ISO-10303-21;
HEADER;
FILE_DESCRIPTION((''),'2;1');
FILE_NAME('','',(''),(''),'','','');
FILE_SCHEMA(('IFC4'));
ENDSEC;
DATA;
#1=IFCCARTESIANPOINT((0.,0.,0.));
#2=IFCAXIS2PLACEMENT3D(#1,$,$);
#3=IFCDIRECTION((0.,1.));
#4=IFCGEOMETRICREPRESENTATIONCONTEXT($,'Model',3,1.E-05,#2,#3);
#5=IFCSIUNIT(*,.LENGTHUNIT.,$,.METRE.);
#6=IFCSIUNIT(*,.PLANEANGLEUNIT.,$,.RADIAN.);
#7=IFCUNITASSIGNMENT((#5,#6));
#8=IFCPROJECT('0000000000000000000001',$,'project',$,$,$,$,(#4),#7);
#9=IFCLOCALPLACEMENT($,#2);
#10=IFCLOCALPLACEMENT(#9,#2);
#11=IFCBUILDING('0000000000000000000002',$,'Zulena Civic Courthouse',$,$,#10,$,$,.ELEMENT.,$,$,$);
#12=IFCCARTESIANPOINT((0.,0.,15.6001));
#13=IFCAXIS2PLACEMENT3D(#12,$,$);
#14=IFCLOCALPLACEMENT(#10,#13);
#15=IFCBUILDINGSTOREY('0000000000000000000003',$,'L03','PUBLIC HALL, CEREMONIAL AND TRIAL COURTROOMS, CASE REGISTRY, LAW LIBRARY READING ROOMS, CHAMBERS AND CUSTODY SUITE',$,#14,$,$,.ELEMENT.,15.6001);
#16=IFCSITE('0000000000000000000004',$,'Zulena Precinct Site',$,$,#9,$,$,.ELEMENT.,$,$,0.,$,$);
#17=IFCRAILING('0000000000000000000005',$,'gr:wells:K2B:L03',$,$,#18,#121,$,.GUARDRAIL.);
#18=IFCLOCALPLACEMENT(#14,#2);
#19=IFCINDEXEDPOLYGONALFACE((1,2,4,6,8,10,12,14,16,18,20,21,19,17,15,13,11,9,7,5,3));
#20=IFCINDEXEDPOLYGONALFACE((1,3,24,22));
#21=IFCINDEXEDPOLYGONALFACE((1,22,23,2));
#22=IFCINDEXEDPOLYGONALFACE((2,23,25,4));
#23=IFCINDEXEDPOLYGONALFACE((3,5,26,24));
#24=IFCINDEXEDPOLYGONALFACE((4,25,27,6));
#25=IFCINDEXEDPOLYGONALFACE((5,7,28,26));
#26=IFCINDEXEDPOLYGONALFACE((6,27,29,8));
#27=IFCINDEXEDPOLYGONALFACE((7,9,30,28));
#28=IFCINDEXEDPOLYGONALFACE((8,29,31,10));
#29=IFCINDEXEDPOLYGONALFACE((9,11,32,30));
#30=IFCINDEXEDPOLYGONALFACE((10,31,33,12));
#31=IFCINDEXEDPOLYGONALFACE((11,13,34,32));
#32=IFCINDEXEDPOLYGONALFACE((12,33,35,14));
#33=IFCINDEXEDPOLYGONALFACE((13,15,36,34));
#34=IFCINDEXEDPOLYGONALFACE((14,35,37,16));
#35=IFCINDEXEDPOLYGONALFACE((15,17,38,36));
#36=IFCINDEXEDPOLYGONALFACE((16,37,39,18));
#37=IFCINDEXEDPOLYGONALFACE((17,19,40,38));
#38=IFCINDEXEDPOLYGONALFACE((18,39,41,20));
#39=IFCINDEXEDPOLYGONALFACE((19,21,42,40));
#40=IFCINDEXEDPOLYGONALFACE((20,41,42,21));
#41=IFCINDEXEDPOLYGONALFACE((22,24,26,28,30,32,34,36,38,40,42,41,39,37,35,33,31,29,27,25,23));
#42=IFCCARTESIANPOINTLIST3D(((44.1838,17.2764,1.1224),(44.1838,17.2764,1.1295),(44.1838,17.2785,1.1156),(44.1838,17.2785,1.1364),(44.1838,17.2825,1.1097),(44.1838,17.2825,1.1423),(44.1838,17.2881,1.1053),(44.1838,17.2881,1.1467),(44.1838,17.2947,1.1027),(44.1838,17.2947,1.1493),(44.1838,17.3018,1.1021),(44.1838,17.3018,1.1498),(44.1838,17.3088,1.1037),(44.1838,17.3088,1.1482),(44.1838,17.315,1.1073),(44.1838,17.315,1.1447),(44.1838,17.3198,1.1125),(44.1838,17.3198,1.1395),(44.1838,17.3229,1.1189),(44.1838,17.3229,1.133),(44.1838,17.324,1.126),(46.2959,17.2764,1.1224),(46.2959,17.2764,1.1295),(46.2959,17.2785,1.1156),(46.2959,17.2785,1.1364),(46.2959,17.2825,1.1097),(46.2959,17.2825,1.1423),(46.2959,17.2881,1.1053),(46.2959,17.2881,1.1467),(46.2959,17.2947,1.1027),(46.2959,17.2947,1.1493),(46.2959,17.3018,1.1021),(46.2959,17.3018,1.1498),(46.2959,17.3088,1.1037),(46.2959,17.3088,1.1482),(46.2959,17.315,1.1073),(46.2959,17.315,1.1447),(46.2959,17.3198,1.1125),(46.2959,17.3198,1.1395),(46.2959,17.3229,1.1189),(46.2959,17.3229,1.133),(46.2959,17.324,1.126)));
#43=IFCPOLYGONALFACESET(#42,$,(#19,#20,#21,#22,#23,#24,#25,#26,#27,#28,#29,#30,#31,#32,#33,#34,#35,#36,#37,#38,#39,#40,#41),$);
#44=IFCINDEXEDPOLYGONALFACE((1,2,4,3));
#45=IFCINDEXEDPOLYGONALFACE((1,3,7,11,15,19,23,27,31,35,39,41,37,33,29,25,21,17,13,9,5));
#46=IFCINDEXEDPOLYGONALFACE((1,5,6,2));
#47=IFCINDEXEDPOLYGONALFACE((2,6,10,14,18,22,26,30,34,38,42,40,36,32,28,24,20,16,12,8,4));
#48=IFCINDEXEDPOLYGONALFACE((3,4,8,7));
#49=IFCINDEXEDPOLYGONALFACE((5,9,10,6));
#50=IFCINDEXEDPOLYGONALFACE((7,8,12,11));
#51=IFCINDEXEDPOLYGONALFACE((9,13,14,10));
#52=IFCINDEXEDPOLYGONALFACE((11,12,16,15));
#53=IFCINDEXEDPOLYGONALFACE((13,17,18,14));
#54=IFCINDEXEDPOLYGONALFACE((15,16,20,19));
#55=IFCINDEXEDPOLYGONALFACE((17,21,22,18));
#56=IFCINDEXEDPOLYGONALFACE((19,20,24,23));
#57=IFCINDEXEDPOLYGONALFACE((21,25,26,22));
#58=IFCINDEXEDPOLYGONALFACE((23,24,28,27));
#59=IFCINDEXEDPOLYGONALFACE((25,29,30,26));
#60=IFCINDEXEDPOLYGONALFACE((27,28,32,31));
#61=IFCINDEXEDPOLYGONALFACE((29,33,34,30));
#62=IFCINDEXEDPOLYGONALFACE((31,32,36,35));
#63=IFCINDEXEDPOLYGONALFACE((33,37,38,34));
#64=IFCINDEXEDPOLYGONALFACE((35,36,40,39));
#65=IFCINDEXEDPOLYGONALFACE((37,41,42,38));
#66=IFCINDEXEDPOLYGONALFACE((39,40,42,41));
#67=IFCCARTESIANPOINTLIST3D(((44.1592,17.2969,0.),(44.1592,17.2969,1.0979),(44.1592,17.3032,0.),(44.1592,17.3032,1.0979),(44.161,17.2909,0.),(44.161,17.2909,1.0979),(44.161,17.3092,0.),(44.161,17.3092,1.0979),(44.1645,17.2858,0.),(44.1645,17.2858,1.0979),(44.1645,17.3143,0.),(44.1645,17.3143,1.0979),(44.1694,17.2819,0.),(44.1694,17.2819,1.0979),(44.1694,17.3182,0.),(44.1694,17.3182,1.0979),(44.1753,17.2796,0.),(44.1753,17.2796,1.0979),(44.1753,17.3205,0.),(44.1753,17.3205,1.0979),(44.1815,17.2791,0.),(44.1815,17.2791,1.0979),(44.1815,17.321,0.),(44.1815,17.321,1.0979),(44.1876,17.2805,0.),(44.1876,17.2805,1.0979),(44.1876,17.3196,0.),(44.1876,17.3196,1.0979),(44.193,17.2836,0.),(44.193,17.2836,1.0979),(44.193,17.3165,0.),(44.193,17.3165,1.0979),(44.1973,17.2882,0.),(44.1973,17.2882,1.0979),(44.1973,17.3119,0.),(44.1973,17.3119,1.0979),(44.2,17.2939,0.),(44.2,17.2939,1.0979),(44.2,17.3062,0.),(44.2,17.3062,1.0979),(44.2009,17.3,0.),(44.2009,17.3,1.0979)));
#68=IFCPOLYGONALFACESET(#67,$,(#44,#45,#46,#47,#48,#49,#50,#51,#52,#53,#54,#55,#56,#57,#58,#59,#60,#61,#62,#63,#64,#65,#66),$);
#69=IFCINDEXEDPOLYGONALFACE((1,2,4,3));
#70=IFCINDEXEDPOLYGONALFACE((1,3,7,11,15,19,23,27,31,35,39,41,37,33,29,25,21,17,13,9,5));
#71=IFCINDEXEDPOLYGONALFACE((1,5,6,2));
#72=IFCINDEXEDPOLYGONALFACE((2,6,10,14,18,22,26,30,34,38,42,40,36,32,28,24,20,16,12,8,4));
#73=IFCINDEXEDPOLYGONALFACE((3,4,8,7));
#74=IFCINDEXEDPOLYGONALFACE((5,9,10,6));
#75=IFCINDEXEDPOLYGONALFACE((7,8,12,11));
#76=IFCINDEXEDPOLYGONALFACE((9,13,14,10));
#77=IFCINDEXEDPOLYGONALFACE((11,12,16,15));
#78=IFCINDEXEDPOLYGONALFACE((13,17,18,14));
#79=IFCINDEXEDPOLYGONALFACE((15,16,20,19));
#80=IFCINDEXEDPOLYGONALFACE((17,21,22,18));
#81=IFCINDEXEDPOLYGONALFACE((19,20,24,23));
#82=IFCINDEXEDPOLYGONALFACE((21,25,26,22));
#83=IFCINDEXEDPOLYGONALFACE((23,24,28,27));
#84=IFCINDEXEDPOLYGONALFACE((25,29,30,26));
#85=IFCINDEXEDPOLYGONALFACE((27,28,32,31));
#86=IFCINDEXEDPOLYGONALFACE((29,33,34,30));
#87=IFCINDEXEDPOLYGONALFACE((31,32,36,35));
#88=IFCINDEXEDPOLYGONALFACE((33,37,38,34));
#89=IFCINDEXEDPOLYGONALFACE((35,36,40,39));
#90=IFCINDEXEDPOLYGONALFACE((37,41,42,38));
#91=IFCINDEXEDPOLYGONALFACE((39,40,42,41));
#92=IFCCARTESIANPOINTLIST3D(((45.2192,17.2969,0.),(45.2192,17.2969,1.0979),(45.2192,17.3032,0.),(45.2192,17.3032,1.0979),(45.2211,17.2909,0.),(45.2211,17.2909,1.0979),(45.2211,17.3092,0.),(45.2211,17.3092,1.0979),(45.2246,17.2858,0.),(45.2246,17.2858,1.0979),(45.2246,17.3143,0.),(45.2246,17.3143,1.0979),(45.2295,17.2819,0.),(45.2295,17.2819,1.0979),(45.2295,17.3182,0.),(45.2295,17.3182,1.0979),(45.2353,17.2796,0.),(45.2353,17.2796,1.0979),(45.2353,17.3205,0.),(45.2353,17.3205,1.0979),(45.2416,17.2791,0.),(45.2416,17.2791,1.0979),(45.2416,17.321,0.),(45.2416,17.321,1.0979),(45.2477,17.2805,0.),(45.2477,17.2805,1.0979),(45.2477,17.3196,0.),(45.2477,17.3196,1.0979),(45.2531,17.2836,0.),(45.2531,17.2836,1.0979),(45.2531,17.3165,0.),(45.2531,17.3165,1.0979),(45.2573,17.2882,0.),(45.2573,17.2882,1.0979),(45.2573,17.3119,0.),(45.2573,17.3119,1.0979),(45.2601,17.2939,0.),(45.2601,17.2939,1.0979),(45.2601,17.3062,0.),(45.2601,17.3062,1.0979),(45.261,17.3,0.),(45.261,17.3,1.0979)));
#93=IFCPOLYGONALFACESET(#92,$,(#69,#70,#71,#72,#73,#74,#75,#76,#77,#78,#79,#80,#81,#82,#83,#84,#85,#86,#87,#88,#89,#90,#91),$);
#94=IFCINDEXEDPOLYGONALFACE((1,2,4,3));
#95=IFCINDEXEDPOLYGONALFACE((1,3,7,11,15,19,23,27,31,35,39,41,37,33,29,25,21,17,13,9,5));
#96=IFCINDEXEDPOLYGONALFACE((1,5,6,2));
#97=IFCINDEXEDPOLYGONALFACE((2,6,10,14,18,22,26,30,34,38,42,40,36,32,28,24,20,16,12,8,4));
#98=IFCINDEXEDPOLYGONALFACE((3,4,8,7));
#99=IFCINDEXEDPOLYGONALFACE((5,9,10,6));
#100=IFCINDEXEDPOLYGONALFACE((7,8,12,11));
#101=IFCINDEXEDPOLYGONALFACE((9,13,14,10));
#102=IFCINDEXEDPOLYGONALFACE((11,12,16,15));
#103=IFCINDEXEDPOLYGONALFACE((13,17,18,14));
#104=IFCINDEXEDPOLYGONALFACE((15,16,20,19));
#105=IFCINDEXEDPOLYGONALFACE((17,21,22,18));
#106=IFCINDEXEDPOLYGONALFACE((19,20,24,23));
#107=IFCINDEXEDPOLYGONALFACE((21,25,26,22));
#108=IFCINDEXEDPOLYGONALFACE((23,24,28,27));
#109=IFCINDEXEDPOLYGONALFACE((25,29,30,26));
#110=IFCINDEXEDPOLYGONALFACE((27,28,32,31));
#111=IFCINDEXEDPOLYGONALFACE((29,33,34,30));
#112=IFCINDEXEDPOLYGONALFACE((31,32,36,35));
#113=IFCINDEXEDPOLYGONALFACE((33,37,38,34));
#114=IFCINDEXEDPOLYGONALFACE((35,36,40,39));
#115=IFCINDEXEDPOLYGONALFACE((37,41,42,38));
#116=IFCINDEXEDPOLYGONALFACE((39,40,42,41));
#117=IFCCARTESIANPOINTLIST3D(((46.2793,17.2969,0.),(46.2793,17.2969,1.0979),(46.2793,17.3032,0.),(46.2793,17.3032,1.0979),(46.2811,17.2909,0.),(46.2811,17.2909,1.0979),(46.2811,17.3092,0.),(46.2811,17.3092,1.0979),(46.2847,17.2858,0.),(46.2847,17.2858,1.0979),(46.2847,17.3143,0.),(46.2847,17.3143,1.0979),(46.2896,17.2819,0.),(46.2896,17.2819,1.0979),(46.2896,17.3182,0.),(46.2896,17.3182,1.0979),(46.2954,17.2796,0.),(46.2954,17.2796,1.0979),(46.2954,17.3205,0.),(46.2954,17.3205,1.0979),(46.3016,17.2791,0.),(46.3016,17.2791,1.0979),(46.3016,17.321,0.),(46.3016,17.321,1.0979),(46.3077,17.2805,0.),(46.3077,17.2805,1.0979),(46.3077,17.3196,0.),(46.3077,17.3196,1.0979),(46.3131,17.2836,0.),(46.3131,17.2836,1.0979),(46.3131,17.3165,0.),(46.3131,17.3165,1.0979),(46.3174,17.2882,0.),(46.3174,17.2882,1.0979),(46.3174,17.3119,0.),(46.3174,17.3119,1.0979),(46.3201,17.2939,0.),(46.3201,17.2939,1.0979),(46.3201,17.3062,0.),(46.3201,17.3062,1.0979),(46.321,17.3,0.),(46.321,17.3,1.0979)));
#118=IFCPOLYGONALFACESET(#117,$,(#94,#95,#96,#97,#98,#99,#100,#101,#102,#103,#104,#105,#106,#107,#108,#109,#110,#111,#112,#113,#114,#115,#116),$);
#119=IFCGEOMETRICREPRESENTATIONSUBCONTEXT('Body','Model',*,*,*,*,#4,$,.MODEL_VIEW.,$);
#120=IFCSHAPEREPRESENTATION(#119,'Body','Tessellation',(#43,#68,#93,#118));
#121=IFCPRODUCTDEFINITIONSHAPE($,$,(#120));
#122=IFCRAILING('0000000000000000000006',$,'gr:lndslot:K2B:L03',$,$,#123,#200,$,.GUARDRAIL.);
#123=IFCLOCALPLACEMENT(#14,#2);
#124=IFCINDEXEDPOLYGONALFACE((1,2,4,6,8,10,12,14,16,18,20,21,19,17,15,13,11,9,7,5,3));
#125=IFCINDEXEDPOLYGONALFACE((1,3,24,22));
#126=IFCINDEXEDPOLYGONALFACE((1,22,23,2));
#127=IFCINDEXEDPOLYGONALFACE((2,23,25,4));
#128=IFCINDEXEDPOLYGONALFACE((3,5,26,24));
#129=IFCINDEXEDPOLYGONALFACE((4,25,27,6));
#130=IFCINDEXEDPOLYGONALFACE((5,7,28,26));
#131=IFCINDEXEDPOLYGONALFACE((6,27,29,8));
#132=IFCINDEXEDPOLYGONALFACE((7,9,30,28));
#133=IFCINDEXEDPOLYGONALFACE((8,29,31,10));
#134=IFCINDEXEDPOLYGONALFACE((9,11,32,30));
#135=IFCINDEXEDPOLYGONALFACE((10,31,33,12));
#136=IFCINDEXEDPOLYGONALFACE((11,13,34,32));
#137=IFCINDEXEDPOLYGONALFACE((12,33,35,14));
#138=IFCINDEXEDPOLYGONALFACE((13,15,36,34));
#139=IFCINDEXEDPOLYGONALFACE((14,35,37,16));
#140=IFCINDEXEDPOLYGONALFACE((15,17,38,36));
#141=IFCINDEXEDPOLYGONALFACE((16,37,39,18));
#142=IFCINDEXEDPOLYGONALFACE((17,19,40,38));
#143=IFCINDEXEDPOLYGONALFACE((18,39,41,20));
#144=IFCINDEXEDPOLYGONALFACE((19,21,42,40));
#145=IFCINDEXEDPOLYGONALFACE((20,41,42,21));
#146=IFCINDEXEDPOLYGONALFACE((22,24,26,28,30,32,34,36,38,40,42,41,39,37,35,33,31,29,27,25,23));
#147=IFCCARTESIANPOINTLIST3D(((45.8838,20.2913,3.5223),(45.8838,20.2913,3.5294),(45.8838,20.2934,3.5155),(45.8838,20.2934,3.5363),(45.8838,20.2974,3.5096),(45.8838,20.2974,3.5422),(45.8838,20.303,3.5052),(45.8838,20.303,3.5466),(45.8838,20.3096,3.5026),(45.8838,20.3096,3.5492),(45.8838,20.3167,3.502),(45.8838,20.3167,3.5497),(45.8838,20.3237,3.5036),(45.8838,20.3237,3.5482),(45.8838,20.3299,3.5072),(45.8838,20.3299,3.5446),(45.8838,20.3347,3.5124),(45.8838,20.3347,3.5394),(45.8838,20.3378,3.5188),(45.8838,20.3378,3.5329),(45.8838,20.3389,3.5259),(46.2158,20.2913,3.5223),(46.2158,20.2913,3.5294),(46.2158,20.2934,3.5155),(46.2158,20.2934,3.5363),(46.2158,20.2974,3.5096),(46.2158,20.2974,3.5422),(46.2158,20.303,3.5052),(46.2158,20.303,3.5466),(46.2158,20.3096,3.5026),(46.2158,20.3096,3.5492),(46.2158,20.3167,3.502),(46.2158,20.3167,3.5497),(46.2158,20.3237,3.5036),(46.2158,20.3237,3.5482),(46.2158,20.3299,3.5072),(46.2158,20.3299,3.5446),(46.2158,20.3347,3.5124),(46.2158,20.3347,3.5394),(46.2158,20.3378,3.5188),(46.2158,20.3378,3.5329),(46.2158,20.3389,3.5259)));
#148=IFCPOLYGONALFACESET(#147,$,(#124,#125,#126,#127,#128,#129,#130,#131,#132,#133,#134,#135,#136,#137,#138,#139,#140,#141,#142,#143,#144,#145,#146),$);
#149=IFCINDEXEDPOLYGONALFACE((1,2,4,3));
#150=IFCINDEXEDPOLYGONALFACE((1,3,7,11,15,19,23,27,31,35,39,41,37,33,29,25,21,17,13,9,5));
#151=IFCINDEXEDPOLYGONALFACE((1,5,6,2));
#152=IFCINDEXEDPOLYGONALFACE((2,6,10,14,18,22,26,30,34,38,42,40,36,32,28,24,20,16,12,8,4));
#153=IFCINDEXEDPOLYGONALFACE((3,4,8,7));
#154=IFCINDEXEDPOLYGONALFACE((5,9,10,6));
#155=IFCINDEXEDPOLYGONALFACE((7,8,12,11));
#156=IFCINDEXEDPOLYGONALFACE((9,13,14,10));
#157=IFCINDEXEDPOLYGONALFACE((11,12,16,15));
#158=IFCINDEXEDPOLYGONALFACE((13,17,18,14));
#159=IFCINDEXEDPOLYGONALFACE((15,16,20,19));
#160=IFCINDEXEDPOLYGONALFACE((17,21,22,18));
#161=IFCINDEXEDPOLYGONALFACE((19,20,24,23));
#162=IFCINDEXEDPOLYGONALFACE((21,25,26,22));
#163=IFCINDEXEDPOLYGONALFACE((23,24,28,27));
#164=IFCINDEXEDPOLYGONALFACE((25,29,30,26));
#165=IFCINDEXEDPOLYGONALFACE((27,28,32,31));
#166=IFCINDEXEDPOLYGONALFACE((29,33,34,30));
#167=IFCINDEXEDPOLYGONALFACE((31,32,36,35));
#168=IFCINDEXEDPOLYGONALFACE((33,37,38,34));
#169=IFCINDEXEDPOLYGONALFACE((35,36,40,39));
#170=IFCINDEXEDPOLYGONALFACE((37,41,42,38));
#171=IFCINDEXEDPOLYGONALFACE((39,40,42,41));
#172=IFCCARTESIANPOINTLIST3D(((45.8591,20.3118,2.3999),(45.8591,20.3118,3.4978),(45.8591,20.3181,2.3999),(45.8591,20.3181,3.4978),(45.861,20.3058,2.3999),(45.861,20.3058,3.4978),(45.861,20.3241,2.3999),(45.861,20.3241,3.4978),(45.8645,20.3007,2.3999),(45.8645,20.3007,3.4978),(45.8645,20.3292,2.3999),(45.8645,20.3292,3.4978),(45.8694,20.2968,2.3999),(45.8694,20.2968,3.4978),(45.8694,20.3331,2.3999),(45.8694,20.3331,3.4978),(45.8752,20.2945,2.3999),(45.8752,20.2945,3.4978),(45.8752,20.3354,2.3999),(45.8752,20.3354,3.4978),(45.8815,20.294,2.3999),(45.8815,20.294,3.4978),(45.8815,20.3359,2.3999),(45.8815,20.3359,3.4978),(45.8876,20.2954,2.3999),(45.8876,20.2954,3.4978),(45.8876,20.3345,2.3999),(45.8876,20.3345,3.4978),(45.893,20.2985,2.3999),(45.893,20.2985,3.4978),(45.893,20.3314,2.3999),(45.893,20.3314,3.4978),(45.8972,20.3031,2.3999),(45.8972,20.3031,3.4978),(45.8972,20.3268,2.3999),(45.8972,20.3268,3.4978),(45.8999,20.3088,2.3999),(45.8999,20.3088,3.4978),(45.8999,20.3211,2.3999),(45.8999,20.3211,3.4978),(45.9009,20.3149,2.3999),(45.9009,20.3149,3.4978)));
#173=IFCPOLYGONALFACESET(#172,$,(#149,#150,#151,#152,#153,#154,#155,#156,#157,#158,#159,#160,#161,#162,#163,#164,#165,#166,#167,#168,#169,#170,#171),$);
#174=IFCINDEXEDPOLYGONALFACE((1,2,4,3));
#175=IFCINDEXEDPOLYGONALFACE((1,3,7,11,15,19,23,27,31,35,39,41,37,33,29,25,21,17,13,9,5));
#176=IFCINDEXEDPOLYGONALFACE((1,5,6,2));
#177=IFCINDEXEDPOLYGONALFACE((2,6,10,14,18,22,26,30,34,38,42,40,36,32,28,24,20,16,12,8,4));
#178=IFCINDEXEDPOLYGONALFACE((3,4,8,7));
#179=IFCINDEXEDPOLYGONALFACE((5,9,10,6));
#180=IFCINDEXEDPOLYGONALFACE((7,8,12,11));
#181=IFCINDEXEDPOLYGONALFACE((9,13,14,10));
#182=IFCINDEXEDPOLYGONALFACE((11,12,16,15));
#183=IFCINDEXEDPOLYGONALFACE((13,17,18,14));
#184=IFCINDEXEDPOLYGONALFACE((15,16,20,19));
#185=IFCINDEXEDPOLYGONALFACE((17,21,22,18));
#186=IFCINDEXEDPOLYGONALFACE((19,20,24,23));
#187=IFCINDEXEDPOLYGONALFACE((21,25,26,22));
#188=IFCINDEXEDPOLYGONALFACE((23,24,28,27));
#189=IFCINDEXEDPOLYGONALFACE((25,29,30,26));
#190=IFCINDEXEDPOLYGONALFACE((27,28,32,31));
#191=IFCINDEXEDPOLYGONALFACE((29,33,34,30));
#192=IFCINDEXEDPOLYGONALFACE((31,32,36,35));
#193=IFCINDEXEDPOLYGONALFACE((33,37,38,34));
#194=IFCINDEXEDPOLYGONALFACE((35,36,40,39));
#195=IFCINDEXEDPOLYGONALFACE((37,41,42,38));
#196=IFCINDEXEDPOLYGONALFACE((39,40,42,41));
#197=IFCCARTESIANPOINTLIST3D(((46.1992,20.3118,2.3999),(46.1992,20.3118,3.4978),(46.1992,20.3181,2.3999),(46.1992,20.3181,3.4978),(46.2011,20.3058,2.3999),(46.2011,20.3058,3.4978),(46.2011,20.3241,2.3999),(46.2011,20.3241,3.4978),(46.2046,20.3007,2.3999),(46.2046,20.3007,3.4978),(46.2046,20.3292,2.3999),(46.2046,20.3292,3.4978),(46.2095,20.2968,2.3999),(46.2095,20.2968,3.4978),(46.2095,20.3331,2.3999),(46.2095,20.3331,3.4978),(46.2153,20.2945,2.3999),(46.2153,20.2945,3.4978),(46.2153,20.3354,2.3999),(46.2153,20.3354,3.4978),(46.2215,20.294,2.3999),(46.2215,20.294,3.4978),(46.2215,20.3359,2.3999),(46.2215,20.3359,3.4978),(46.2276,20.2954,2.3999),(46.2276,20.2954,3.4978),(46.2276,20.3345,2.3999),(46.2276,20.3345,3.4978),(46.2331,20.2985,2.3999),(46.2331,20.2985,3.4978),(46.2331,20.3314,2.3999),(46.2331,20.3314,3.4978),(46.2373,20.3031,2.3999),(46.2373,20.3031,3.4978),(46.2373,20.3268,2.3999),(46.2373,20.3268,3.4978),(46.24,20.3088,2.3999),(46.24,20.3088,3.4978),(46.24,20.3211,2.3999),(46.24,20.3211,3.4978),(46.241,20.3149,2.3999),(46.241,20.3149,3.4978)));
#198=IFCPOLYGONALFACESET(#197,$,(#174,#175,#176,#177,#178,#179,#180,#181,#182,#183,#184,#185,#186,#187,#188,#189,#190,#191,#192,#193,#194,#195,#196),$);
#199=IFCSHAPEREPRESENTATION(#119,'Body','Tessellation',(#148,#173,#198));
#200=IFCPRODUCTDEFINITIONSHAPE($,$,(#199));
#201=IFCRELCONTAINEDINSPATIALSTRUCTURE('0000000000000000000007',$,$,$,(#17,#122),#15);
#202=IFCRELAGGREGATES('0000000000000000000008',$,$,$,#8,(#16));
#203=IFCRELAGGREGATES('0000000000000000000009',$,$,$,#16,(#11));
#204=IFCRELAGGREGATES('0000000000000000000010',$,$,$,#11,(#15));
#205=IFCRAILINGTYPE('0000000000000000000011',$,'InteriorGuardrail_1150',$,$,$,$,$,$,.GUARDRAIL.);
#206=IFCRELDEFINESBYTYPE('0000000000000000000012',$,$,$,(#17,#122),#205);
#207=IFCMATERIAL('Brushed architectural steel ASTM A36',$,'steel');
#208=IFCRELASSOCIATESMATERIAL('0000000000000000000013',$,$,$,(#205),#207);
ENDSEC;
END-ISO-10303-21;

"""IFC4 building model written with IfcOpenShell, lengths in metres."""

from ifc_helpers import new_model, si_unit, direction, frame, origin, origin_2d, place, context, subcontext, project, spatial, circle, extrude, material, type_object, element, save


model = new_model("IFC4")

# Units and contexts
model_context = context("Model", 3, precision=1e-05, world=origin(), true_north=direction((0.0, 1.0)))
body_context = subcontext(model_context, "Body", "Model", "MODEL_VIEW")
ifc_project = project(units=[si_unit("LENGTHUNIT", "METRE"), si_unit("PLANEANGLEUNIT", "RADIAN")], contexts=[model_context])

# Site, building, storey
site_placement = place(None, origin())
site = spatial("IfcSite", under=ifc_project, at=site_placement, Name="Zulena Precinct Site", CompositionType="ELEMENT", RefElevation=0.0)
building_placement = place(site_placement, origin())
building = spatial("IfcBuilding", under=site, at=building_placement, Name="Zulena Civic Courthouse", CompositionType="ELEMENT")
storey_placement = place(building_placement, frame((0.0, 0.0, 15.6001)))
storey = spatial("IfcBuildingStorey", under=building, at=storey_placement, Name="L03", Description="PUBLIC HALL, CEREMONIAL AND TRIAL COURTROOMS, CASE REGISTRY, LAW LIBRARY READING ROOMS, CHAMBERS AND CUSTODY SUITE", CompositionType="ELEMENT", Elevation=15.6001)

# Railings
ifc_material_1 = material(Name="Brushed architectural steel ASTM A36", Category="steel")
railing_type_1 = type_object("IfcRailingType", Name="InteriorGuardrail_1150", PredefinedType="GUARDRAIL", material=ifc_material_1)
railing_1_placement = place(storey_placement, frame((44.1799, 17.3, 0.0)))
element("IfcRailing", 1, at=railing_1_placement, inside=storey, type_object=railing_type_1, Name="gr:wells:K2B:L03", PredefinedType="GUARDRAIL", context=body_context, shape_type="SweptSolid", body=[
    extrude(circle(Radius=0.0239, at=origin_2d()), frame((0.0039, 0.0, 1.126), z_axis=(1.0, 0.0, 0.0), x_axis=(0.0, 1.0, 0.0)), (0.0, 0.0, 1.0), 2.1121),
    extrude(circle(Radius=0.021, at=origin_2d()), origin(), (0.0, 0.0, 1.0), 1.0979),
    extrude(circle(Radius=0.021, at=origin_2d()), frame((1.0601, 0.0, 0.0)), (0.0, 0.0, 1.0), 1.0979),
    extrude(circle(Radius=0.021, at=origin_2d()), frame((2.1201, 0.0, 0.0)), (0.0, 0.0, 1.0), 1.0979),
])
railing_2_placement = place(storey_placement, frame((45.8799, 20.3149, 2.3999)))
element("IfcRailing", 2, at=railing_2_placement, inside=storey, type_object=railing_type_1, Name="gr:lndslot:K2B:L03", PredefinedType="GUARDRAIL", context=body_context, shape_type="SweptSolid", body=[
    extrude(circle(Radius=0.0239, at=origin_2d()), frame((0.0039, 0.0, 1.126), z_axis=(1.0, 0.0, 0.0), x_axis=(0.0, 1.0, 0.0)), (0.0, 0.0, 1.0), 0.332),
    extrude(circle(Radius=0.021, at=origin_2d()), origin(), (0.0, 0.0, 1.0), 1.0979),
    extrude(circle(Radius=0.021, at=origin_2d()), frame((0.3401, 0.0, 0.0)), (0.0, 0.0, 1.0), 1.0979),
])

save(model, "model.ifc")
